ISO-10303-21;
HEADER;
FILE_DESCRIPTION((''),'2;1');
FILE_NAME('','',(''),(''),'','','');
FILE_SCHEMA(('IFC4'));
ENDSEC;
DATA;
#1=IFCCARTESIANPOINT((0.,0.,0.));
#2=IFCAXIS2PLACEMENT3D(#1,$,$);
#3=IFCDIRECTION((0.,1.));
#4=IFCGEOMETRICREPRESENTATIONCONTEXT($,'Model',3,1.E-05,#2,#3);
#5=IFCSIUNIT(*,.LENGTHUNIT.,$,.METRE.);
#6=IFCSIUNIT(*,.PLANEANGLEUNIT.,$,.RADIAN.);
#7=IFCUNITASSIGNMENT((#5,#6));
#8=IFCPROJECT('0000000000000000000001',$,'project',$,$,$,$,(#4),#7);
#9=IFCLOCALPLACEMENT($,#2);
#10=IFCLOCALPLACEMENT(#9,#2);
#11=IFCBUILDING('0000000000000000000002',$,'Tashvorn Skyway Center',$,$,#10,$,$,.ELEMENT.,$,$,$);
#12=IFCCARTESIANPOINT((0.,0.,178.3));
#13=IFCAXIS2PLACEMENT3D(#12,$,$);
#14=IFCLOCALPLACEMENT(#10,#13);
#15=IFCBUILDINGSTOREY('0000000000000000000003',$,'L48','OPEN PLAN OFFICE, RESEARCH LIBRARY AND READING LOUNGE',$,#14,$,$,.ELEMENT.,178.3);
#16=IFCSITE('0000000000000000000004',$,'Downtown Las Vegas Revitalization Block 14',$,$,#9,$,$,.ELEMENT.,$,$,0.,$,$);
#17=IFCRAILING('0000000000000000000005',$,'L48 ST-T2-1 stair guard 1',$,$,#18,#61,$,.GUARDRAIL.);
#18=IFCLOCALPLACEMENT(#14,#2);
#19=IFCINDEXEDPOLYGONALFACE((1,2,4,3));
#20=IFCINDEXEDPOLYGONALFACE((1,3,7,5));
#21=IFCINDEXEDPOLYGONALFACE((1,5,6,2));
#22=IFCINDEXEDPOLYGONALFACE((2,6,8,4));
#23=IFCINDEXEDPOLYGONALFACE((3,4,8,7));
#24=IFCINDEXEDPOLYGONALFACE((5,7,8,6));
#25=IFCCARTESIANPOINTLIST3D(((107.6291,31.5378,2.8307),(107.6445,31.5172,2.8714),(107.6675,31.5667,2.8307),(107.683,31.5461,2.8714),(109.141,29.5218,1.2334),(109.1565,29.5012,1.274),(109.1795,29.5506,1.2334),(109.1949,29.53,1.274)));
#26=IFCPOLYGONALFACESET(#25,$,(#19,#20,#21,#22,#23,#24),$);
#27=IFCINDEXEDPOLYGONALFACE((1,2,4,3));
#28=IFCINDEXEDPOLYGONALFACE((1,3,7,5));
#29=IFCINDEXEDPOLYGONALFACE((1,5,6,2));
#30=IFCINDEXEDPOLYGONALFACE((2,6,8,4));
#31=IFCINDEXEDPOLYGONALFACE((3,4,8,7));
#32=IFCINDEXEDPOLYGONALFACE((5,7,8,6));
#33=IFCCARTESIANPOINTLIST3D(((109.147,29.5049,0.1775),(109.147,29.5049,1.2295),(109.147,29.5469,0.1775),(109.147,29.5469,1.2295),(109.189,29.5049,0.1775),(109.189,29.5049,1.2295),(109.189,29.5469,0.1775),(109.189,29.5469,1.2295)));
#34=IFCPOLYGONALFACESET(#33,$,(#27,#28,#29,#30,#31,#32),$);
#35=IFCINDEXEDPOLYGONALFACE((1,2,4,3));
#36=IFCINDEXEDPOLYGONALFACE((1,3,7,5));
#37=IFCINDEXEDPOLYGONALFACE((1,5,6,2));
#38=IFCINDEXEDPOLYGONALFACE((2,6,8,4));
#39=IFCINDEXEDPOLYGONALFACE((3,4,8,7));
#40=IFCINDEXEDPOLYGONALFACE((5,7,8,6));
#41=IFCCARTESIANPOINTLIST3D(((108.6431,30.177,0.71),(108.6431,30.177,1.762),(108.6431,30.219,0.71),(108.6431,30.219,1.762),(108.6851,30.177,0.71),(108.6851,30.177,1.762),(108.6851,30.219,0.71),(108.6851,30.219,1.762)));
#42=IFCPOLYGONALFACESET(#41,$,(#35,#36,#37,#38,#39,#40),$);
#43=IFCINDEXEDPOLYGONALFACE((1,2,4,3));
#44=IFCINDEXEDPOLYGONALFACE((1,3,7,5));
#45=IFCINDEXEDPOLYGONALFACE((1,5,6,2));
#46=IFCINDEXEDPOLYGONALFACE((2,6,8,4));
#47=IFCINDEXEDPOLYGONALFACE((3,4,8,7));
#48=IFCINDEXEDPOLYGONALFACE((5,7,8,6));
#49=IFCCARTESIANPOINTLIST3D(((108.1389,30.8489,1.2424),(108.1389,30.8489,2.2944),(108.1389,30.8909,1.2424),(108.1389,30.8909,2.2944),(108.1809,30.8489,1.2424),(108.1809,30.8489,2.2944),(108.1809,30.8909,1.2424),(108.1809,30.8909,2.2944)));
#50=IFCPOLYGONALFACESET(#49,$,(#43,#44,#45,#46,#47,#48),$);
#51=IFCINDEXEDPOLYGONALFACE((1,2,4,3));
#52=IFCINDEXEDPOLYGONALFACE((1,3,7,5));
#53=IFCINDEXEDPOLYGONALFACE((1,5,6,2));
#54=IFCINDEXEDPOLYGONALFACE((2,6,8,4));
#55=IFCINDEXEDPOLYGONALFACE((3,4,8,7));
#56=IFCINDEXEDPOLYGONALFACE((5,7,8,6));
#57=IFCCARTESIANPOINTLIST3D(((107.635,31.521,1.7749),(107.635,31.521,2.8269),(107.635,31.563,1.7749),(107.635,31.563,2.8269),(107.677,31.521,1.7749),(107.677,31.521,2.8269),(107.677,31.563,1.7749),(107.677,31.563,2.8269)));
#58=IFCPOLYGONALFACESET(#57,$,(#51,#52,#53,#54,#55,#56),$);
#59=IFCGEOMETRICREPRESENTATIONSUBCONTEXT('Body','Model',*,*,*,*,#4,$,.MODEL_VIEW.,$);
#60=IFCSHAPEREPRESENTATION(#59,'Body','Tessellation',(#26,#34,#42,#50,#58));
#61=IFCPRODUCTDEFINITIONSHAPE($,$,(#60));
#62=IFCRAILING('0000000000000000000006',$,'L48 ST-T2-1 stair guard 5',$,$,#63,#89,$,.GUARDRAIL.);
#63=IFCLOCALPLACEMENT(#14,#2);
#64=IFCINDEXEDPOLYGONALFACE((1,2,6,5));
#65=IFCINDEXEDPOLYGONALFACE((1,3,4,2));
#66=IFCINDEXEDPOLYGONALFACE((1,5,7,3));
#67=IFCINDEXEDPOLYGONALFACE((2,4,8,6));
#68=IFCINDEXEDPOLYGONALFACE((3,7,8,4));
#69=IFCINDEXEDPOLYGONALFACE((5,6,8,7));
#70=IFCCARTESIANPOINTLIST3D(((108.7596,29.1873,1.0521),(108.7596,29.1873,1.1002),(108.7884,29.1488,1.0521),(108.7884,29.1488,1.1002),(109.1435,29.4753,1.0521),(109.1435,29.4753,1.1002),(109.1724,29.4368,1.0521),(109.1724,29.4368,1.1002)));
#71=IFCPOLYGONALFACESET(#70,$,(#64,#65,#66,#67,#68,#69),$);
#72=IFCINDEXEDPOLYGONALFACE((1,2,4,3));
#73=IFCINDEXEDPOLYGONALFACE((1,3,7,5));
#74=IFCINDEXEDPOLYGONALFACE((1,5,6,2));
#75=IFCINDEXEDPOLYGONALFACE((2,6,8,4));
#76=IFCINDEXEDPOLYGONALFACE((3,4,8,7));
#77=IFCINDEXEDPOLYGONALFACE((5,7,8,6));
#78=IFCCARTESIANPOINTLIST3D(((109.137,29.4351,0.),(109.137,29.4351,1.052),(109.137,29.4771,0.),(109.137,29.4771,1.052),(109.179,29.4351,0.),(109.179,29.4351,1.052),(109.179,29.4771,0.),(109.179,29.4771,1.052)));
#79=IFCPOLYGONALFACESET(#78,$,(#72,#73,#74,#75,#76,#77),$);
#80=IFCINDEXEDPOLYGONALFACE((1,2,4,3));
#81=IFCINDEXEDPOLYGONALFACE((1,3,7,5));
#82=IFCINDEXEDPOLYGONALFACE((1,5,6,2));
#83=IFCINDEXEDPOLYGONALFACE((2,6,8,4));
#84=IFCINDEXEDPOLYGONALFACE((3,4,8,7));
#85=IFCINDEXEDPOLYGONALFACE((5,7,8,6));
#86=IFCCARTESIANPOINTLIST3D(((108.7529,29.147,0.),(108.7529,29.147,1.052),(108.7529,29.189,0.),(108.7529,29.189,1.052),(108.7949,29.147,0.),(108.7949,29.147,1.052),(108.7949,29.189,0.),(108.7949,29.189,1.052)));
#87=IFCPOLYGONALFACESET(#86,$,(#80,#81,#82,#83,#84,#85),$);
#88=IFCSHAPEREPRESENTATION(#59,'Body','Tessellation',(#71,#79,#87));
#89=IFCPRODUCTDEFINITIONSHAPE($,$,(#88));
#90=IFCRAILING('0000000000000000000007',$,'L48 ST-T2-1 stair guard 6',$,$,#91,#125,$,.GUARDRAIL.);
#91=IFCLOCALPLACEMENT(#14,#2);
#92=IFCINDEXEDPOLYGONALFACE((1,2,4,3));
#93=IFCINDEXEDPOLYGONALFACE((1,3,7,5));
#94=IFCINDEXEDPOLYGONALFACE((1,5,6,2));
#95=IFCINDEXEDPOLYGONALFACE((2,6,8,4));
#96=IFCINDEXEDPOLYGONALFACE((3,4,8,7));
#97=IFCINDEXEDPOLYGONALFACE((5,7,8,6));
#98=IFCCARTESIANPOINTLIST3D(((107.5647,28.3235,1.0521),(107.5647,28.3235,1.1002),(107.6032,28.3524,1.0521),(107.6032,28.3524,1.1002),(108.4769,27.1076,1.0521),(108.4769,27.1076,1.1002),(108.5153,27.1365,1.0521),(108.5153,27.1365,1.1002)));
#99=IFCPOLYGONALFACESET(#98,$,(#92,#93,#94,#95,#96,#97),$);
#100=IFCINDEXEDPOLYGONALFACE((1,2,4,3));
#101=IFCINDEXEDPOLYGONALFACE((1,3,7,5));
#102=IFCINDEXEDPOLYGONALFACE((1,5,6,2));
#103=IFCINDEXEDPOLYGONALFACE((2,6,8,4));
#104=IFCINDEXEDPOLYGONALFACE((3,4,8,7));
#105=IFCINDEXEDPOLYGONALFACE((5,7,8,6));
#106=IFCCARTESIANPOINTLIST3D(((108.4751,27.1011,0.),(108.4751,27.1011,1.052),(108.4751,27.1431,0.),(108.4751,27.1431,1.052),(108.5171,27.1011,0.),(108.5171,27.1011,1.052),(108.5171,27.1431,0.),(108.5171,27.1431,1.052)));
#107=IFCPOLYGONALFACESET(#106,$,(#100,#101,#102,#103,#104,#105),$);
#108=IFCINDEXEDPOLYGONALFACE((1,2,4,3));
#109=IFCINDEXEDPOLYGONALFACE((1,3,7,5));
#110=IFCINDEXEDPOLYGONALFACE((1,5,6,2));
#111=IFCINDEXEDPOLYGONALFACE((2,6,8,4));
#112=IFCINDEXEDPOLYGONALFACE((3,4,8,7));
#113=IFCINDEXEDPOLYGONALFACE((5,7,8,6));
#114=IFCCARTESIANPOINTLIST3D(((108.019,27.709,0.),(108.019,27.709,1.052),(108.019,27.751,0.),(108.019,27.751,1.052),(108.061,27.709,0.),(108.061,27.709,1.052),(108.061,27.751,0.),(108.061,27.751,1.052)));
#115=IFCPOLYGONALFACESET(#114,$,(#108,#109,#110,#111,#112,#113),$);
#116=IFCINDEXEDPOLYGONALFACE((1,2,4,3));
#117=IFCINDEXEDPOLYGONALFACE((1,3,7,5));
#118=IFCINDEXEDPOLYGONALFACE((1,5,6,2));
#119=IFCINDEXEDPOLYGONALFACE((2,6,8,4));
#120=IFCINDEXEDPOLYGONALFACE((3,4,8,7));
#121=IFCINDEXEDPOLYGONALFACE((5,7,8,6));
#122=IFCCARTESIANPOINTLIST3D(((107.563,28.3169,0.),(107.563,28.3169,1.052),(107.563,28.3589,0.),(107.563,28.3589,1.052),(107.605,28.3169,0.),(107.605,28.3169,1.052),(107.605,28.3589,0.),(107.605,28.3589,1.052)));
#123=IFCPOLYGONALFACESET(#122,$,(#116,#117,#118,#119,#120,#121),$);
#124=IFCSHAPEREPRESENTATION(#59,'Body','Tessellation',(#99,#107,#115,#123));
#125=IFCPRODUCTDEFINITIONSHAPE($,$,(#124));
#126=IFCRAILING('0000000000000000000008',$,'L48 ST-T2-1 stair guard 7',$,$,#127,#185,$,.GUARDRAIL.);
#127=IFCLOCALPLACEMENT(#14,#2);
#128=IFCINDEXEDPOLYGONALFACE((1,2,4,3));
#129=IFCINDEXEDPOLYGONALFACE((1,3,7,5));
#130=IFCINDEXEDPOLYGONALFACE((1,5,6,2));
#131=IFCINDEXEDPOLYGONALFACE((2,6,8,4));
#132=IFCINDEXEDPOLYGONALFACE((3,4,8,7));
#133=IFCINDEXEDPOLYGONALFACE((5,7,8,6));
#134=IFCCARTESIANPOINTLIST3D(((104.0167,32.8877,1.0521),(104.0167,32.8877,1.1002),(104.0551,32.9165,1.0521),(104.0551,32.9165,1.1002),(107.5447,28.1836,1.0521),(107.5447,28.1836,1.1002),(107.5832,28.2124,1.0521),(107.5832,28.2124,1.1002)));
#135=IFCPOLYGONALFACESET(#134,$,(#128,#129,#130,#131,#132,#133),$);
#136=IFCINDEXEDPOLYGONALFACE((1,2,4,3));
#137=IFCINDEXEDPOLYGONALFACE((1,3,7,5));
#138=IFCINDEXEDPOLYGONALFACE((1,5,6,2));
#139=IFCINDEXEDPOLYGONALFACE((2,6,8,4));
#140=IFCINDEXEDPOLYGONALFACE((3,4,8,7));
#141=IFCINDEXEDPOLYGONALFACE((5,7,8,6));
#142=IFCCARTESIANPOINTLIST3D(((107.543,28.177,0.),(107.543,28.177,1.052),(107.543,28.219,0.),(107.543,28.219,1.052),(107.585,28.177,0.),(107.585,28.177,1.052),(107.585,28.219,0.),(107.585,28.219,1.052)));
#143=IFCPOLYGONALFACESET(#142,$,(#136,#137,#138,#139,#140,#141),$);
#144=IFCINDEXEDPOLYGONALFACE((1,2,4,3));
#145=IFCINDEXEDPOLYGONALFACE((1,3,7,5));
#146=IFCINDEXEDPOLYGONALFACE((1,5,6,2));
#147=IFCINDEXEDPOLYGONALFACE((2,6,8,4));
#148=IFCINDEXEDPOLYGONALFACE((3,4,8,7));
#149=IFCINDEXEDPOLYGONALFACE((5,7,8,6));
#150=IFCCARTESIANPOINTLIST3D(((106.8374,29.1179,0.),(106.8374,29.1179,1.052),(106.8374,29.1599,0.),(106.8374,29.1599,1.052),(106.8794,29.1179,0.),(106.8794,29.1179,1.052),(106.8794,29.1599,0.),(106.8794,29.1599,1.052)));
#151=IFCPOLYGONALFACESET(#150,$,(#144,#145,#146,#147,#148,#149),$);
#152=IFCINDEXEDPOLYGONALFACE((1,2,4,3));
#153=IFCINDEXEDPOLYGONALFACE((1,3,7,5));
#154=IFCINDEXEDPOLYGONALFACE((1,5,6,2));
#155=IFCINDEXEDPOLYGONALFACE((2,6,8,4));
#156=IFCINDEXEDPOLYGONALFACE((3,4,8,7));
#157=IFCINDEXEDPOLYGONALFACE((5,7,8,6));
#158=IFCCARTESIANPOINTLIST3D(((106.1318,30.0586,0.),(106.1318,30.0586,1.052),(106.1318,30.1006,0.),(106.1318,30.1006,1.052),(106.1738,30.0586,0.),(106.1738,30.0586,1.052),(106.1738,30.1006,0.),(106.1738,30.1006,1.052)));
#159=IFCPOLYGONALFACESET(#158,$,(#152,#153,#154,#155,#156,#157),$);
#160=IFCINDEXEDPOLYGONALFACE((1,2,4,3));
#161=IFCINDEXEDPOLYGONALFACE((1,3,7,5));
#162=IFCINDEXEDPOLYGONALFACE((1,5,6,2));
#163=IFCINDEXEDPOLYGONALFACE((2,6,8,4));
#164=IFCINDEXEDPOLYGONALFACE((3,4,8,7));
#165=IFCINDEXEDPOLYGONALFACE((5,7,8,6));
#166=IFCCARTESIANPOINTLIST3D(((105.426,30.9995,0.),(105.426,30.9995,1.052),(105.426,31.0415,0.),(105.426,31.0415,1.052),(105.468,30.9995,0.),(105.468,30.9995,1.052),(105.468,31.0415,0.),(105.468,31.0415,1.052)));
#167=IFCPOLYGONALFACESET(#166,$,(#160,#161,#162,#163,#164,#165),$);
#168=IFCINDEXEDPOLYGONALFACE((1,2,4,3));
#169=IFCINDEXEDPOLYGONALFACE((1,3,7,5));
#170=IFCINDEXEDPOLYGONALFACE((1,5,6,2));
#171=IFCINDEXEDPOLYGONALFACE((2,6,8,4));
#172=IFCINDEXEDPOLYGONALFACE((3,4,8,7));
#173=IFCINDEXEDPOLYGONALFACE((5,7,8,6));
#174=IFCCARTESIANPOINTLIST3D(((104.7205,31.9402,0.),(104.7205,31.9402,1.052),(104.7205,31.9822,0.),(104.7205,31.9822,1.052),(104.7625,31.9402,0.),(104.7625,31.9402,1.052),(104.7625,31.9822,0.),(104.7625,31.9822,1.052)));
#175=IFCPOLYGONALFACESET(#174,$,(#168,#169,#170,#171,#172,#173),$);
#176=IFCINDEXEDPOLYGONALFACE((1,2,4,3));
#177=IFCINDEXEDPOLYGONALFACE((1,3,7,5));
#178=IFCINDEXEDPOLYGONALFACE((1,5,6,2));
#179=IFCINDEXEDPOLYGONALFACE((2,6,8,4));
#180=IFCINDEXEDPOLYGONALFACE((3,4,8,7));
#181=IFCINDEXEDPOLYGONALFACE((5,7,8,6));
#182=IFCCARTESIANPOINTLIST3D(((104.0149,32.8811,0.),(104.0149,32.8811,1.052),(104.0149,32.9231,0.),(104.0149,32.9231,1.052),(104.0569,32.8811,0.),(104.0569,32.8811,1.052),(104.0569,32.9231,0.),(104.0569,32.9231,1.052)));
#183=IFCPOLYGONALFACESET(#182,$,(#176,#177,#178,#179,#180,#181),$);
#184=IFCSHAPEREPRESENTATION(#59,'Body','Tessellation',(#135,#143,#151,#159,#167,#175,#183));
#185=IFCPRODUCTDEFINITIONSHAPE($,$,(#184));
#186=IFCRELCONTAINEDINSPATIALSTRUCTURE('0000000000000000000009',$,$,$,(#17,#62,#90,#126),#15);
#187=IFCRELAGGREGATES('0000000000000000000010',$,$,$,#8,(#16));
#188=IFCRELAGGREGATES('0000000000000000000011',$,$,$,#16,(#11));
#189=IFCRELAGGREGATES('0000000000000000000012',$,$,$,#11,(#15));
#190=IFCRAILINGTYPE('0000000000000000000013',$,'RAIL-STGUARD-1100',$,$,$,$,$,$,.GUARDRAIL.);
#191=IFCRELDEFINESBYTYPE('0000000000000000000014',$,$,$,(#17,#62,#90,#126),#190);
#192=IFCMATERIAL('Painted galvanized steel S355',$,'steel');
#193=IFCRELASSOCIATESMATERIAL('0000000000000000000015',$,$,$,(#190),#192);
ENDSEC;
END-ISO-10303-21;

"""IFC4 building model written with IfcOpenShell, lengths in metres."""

from ifc_helpers import new_model, si_unit, direction, frame, origin, origin_2d, place, context, subcontext, project, spatial, rectangle, extrude, material, type_object, element, save


model = new_model("IFC4")

# Units and contexts
model_context = context("Model", 3, precision=1e-05, world=origin(), true_north=direction((0.0, 1.0)))
body_context = subcontext(model_context, "Body", "Model", "MODEL_VIEW")
ifc_project = project(units=[si_unit("LENGTHUNIT", "METRE"), si_unit("PLANEANGLEUNIT", "RADIAN")], contexts=[model_context])

# Site, building, storey
site_placement = place(None, origin())
site = spatial("IfcSite", under=ifc_project, at=site_placement, Name="Downtown Las Vegas Revitalization Block 14", CompositionType="ELEMENT", RefElevation=0.0)
building_placement = place(site_placement, origin())
building = spatial("IfcBuilding", under=site, at=building_placement, Name="Tashvorn Skyway Center", CompositionType="ELEMENT")
storey_placement = place(building_placement, frame((0.0, 0.0, 178.3)))
storey = spatial("IfcBuildingStorey", under=building, at=storey_placement, Name="L48", Description="OPEN PLAN OFFICE, RESEARCH LIBRARY AND READING LOUNGE", CompositionType="ELEMENT", Elevation=178.3)

# Railings
ifc_material_1 = material(Name="Painted galvanized steel S355", Category="steel")
railing_type = type_object("IfcRailingType", Name="RAIL-STGUARD-1100", PredefinedType="GUARDRAIL", material=ifc_material_1)
railing_1_placement = place(storey_placement, frame((109.168, 29.5259, 0.1775)))
element("IfcRailing", 1, at=railing_1_placement, inside=storey, type_object=railing_type, Name="L48 ST-T2-1 stair guard 1", PredefinedType="GUARDRAIL", context=body_context, shape_type="SweptSolid", body=[
    extrude(rectangle(XDim=0.0481, YDim=0.0481, at=origin_2d()), frame((0.0, 0.0, 1.0762), z_axis=(-0.506741, 0.675709, 0.535379), x_axis=(-0.800023, -0.599969, 0.0)), (0.0, 0.0, 1.0), 2.9836),
    extrude(rectangle(XDim=0.042, YDim=0.042, at=origin_2d()), origin(), (0.0, 0.0, 1.0), 1.052),
    extrude(rectangle(XDim=0.042, YDim=0.042, at=origin_2d()), frame((-0.5039, 0.6721, 0.5325)), (0.0, 0.0, 1.0), 1.052),
    extrude(rectangle(XDim=0.042, YDim=0.042, at=origin_2d()), frame((-1.0081, 1.344, 1.0649)), (0.0, 0.0, 1.0), 1.052),
    extrude(rectangle(XDim=0.042, YDim=0.042, at=origin_2d()), frame((-1.512, 2.0161, 1.5974)), (0.0, 0.0, 1.0), 1.052),
])
railing_2_placement = place(storey_placement, frame((109.158, 29.4561, 0.0)))
element("IfcRailing", 2, at=railing_2_placement, inside=storey, type_object=railing_type, Name="L48 ST-T2-1 stair guard 5", PredefinedType="GUARDRAIL", context=body_context, shape_type="SweptSolid", body=[
    extrude(rectangle(XDim=0.0481, YDim=0.0481, at=origin_2d()), frame((0.0, 0.0, 1.0762), z_axis=(-0.799939, -0.600081, 0.0), x_axis=(0.600081, -0.799939, 0.0)), (0.0, 0.0, 1.0), 0.48),
    extrude(rectangle(XDim=0.042, YDim=0.042, at=origin_2d()), origin(), (0.0, 0.0, 1.0), 1.052),
    extrude(rectangle(XDim=0.042, YDim=0.042, at=origin_2d()), frame((-0.384, -0.2881, 0.0)), (0.0, 0.0, 1.0), 1.052),
])
railing_3_placement = place(storey_placement, frame((108.4961, 27.1221, 0.0)))
element("IfcRailing", 3, at=railing_3_placement, inside=storey, type_object=railing_type, Name="L48 ST-T2-1 stair guard 6", PredefinedType="GUARDRAIL", context=body_context, shape_type="SweptSolid", body=[
    extrude(rectangle(XDim=0.0481, YDim=0.0481, at=origin_2d()), frame((0.0, 0.0, 1.0762), z_axis=(-0.600103, 0.799923, 0.0), x_axis=(-0.799923, -0.600103, 0.0)), (0.0, 0.0, 1.0), 1.52),
    extrude(rectangle(XDim=0.042, YDim=0.042, at=origin_2d()), origin(), (0.0, 0.0, 1.0), 1.052),
    extrude(rectangle(XDim=0.042, YDim=0.042, at=origin_2d()), frame((-0.4561, 0.6079, 0.0)), (0.0, 0.0, 1.0), 1.052),
    extrude(rectangle(XDim=0.042, YDim=0.042, at=origin_2d()), frame((-0.9121, 1.2158, 0.0)), (0.0, 0.0, 1.0), 1.052),
])
railing_4_placement = place(storey_placement, frame((107.564, 28.198, 0.0)))
element("IfcRailing", 4, at=railing_4_placement, inside=storey, type_object=railing_type, Name="L48 ST-T2-1 stair guard 7", PredefinedType="GUARDRAIL", context=body_context, shape_type="SweptSolid", body=[
    extrude(rectangle(XDim=0.0481, YDim=0.0481, at=origin_2d()), frame((0.0, 0.0, 1.0762), z_axis=(-0.6, 0.8, 0.0), x_axis=(-0.8, -0.6, 0.0)), (0.0, 0.0, 1.0), 5.8801),
    extrude(rectangle(XDim=0.042, YDim=0.042, at=origin_2d()), origin(), (0.0, 0.0, 1.0), 1.052),
    extrude(rectangle(XDim=0.042, YDim=0.042, at=origin_2d()), frame((-0.7056, 0.9409, 0.0)), (0.0, 0.0, 1.0), 1.052),
    extrude(rectangle(XDim=0.042, YDim=0.042, at=origin_2d()), frame((-1.4111, 1.8816, 0.0)), (0.0, 0.0, 1.0), 1.052),
    extrude(rectangle(XDim=0.042, YDim=0.042, at=origin_2d()), frame((-2.1169, 2.8225, 0.0)), (0.0, 0.0, 1.0), 1.052),
    extrude(rectangle(XDim=0.042, YDim=0.042, at=origin_2d()), frame((-2.8225, 3.7632, 0.0)), (0.0, 0.0, 1.0), 1.052),
    extrude(rectangle(XDim=0.042, YDim=0.042, at=origin_2d()), frame((-3.5281, 4.7041, 0.0)), (0.0, 0.0, 1.0), 1.052),
])

save(model, "model.ifc")
